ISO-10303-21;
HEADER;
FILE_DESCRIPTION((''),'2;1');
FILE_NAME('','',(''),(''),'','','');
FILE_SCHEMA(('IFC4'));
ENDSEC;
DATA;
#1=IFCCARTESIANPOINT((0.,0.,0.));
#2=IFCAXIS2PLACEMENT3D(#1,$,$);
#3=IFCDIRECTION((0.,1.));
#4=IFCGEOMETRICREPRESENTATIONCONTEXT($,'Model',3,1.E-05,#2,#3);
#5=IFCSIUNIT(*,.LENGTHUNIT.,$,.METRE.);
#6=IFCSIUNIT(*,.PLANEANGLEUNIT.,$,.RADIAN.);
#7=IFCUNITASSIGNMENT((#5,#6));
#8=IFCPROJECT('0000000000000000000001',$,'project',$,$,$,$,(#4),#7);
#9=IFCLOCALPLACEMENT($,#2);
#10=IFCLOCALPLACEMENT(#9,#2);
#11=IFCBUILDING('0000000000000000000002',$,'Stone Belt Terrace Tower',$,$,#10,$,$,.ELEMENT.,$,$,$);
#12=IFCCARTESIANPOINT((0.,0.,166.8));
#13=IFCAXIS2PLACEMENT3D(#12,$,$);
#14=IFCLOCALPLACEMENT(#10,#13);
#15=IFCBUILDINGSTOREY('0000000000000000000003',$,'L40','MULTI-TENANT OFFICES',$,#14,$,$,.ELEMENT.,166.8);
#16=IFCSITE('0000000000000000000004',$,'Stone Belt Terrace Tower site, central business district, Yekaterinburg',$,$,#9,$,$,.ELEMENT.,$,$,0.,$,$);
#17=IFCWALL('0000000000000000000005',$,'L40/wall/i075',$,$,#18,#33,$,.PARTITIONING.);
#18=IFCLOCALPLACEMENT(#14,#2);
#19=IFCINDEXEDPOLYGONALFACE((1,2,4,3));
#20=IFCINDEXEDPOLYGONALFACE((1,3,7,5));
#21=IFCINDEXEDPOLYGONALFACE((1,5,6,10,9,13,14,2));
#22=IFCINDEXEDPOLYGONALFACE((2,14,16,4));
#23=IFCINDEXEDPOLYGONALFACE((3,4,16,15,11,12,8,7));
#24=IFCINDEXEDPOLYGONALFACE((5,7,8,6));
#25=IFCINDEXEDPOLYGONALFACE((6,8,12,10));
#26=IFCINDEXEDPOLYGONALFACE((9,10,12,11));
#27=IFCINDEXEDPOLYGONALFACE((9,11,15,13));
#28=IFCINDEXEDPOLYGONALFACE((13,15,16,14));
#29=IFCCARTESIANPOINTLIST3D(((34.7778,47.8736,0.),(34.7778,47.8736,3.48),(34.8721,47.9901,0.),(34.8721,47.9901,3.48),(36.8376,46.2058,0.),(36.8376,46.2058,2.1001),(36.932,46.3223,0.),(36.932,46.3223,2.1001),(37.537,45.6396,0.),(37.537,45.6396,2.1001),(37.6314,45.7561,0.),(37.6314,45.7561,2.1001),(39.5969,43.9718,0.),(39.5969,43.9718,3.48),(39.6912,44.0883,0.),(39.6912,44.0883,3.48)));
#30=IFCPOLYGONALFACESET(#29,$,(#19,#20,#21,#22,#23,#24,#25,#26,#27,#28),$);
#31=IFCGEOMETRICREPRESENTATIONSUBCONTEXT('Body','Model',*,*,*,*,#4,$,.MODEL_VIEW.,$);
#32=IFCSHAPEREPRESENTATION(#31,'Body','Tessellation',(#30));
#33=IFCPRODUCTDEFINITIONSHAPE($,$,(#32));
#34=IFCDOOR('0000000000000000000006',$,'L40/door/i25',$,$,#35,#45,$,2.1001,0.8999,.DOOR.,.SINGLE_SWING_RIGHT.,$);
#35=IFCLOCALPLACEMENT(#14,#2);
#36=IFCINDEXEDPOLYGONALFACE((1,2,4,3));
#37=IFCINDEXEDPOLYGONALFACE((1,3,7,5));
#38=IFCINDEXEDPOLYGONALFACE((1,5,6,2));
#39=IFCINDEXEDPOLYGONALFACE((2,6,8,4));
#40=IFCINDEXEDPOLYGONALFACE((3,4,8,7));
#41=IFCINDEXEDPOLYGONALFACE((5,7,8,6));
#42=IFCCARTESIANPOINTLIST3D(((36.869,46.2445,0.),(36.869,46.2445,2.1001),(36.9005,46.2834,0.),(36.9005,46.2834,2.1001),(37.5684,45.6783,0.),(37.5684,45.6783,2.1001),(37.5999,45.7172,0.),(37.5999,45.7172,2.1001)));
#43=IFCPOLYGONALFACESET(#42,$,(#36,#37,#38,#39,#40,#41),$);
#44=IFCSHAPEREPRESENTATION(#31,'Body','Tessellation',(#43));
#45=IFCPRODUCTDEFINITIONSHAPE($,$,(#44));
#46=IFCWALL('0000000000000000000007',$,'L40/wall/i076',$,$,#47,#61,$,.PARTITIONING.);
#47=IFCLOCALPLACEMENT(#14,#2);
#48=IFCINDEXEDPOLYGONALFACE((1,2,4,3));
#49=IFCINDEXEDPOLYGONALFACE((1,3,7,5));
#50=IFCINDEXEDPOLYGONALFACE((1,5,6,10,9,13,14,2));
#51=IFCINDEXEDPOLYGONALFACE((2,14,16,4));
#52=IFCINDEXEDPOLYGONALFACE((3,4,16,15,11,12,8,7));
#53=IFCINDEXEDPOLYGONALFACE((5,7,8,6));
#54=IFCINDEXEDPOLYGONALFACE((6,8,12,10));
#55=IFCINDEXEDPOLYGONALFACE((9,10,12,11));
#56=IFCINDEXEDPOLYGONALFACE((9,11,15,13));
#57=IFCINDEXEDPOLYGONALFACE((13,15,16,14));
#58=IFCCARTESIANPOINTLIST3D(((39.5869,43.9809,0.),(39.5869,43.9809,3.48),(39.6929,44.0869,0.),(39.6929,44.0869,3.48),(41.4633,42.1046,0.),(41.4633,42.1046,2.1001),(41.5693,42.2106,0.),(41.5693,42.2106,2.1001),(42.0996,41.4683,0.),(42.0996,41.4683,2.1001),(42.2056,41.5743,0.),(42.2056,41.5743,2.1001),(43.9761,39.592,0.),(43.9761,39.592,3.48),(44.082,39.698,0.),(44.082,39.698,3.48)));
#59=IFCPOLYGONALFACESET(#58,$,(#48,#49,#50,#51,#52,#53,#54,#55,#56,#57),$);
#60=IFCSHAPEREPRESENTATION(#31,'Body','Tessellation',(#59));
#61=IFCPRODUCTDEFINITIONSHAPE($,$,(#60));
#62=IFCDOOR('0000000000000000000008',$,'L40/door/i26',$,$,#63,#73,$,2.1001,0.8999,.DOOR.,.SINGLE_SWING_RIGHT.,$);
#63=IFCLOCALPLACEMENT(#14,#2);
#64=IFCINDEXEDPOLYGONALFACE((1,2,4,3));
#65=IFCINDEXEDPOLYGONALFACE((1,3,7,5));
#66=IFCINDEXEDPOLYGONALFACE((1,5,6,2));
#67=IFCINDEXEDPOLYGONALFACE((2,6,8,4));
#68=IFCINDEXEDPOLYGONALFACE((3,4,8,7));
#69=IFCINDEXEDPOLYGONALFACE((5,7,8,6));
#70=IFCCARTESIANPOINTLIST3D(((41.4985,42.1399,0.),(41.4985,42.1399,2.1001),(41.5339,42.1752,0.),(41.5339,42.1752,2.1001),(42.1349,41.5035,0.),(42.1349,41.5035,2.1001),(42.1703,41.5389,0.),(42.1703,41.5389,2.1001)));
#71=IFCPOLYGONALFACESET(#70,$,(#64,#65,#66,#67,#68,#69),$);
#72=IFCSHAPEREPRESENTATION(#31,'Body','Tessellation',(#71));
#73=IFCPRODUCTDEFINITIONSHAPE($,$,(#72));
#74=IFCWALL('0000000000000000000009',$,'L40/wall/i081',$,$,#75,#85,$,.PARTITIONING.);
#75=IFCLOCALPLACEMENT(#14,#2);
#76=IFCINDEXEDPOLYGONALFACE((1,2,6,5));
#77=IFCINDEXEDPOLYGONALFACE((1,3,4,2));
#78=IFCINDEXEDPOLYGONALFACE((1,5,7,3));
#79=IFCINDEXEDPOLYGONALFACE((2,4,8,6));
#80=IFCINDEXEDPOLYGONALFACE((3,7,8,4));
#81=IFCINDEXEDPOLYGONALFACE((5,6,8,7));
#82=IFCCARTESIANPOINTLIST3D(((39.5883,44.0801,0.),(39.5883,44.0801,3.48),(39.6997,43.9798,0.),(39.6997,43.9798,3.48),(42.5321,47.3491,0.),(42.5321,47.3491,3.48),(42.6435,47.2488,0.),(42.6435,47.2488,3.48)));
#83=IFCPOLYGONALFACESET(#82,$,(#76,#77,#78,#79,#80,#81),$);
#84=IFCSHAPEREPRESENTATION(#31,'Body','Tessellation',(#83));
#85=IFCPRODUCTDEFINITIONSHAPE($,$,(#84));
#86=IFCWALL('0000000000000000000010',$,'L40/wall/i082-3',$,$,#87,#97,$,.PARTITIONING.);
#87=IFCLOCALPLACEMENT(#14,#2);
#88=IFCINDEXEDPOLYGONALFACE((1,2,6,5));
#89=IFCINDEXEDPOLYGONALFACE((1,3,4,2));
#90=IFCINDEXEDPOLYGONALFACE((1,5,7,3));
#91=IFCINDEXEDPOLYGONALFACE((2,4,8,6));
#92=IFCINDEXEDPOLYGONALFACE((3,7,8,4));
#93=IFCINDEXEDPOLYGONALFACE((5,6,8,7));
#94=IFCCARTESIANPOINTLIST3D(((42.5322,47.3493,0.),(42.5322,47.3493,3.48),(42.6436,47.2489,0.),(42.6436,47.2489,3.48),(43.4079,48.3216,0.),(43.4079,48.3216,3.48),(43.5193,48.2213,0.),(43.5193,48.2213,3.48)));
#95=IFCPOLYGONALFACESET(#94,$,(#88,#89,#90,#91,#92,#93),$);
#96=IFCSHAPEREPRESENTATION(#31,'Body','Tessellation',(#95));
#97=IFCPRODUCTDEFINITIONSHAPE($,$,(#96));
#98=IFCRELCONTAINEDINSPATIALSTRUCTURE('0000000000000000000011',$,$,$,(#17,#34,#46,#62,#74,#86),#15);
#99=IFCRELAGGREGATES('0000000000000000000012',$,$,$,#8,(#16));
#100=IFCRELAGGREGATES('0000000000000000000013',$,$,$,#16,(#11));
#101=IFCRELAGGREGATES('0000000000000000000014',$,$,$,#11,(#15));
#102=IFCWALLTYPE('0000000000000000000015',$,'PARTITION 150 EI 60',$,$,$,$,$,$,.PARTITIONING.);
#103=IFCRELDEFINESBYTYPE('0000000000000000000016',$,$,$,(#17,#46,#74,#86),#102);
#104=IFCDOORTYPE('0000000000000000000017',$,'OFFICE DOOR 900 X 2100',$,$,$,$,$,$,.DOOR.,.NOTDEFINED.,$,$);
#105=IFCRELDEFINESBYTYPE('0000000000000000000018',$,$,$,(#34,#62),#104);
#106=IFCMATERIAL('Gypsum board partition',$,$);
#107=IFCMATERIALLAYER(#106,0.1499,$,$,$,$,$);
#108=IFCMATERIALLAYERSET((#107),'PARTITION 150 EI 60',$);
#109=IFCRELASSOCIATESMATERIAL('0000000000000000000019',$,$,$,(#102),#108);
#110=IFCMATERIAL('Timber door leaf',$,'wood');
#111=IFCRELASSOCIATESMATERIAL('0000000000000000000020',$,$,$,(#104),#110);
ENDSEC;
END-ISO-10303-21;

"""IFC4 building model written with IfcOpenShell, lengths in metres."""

from ifc_helpers import new_model, si_unit, direction, frame, frame_2d, origin, place, context, subcontext, project, spatial, rectangle, extrude, material, layer, layer_set, type_object, element, fill, save


model = new_model("IFC4")

# Units and contexts
model_context = context("Model", 3, precision=1e-05, world=origin(), true_north=direction((0.0, 1.0)))
body_context = subcontext(model_context, "Body", "Model", "MODEL_VIEW")
ifc_project = project(units=[si_unit("LENGTHUNIT", "METRE"), si_unit("PLANEANGLEUNIT", "RADIAN")], contexts=[model_context])

# Site, building, storey
site_placement = place(None, origin())
site = spatial("IfcSite", under=ifc_project, at=site_placement, Name="Stone Belt Terrace Tower site, central business district, Yekaterinburg", CompositionType="ELEMENT", RefElevation=0.0)
building_placement = place(site_placement, origin())
building = spatial("IfcBuilding", under=site, at=building_placement, Name="Stone Belt Terrace Tower", CompositionType="ELEMENT")
storey_placement = place(building_placement, frame((0.0, 0.0, 166.8)))
storey = spatial("IfcBuildingStorey", under=building, at=storey_placement, Name="L40", Description="MULTI-TENANT OFFICES", CompositionType="ELEMENT", Elevation=166.8)

# Shared definitions
ifc_material_1 = material(Name="Gypsum board partition")
ifc_layer_1 = layer(ifc_material_1, 0.1499)
ifc_layer_set_1 = layer_set([ifc_layer_1], Name="PARTITION 150 EI 60")
wall_type = type_object("IfcWallType", Name="PARTITION 150 EI 60", PredefinedType="PARTITIONING", material=ifc_layer_set_1)

# Walls, openings, doors
ifc_material_2 = material(Name="Timber door leaf", Category="wood")
door_type = type_object("IfcDoorType", Name="OFFICE DOOR 900 X 2100", OperationType="NOTDEFINED", PredefinedType="DOOR", material=ifc_material_2)
wall_1_placement = place(storey_placement, frame((34.825, 47.9319, 0.0), z_axis=(0.0, 0.0, 1.0), x_axis=(0.777191, -0.629265, 0.0)))
wall_1 = element("IfcWall", 1, at=wall_1_placement, inside=storey, type_object=wall_type, Name="L40/wall/i075", PredefinedType="PARTITIONING", context=body_context, shape_type="SweptSolid", body=[
    extrude(rectangle(XDim=6.2007, YDim=0.1499, at=frame_2d((3.1003, 0.0))), origin(), (0.0, 0.0, 1.0), 3.48),
])
opening_1_placement = place(wall_1_placement, frame((2.6504, 0.0, 0.0)))
opening_1 = element("IfcOpeningElement", 2, at=opening_1_placement, cuts=wall_1, PredefinedType="OPENING", context=body_context, shape_type="SweptSolid", body=[
    extrude(rectangle(XDim=0.8999, YDim=2.1001, at=frame_2d((0.45, 1.05))), frame((0.0, 0.085, 0.0), z_axis=(0.0, -1.0, 0.0), x_axis=(1.0, 0.0, 0.0)), (0.0, 0.0, 1.0), 0.1699),
])
door_1_placement = place(opening_1_placement, origin())
door_1 = element("IfcDoor", 3, at=door_1_placement, inside=storey, type_object=door_type, Name="L40/door/i25", OperationType="SINGLE_SWING_RIGHT", OverallHeight=2.1001, OverallWidth=0.8999, PredefinedType="DOOR", context=body_context, shape_type="SweptSolid", body=[
    extrude(rectangle(XDim=0.8999, YDim=2.1001, at=frame_2d((0.45, 1.05))), frame((0.0, 0.0249, 0.0), z_axis=(0.0, -1.0, 0.0), x_axis=(1.0, 0.0, 0.0)), (0.0, 0.0, 1.0), 0.05),
])
fill(opening_1, door_1)
wall_2_placement = place(storey_placement, frame((39.6399, 44.0339, 0.0), z_axis=(0.0, 0.0, 1.0), x_axis=(0.707126, -0.707087, 0.0)))
wall_2 = element("IfcWall", 4, at=wall_2_placement, inside=storey, type_object=wall_type, Name="L40/wall/i076", PredefinedType="PARTITIONING", context=body_context, shape_type="SweptSolid", body=[
    extrude(rectangle(XDim=6.207, YDim=0.1499, at=frame_2d((3.1035, 0.0))), origin(), (0.0, 0.0, 1.0), 3.48),
])
opening_2_placement = place(wall_2_placement, frame((2.6536, 0.0, 0.0)))
opening_2 = element("IfcOpeningElement", 5, at=opening_2_placement, cuts=wall_2, PredefinedType="OPENING", context=body_context, shape_type="SweptSolid", body=[
    extrude(rectangle(XDim=0.8999, YDim=2.1001, at=frame_2d((0.45, 1.05))), frame((0.0, 0.085, 0.0), z_axis=(0.0, -1.0, 0.0), x_axis=(1.0, 0.0, 0.0)), (0.0, 0.0, 1.0), 0.1699),
])
door_2_placement = place(opening_2_placement, origin())
door_2 = element("IfcDoor", 6, at=door_2_placement, inside=storey, type_object=door_type, Name="L40/door/i26", OperationType="SINGLE_SWING_RIGHT", OverallHeight=2.1001, OverallWidth=0.8999, PredefinedType="DOOR", context=body_context, shape_type="SweptSolid", body=[
    extrude(rectangle(XDim=0.8999, YDim=2.1001, at=frame_2d((0.45, 1.05))), frame((0.0, 0.0249, 0.0), z_axis=(0.0, -1.0, 0.0), x_axis=(1.0, 0.0, 0.0)), (0.0, 0.0, 1.0), 0.05),
])
fill(opening_2, door_2)

# Walls
wall_3_placement = place(storey_placement, frame((42.5879, 47.2991, 0.0), z_axis=(0.0, 0.0, 1.0), x_axis=(-0.669179, -0.743101, 0.0)))
element("IfcWall", 7, at=wall_3_placement, inside=storey, type_object=wall_type, Name="L40/wall/i081", PredefinedType="PARTITIONING", context=body_context, shape_type="SweptSolid", body=[
    extrude(rectangle(XDim=4.3992, YDim=0.1499, at=frame_2d((2.1997, 0.0))), origin(), (0.0, 0.0, 1.0), 3.48),
])
wall_4_placement = place(storey_placement, frame((43.4636, 48.2715, 0.0), z_axis=(0.0, 0.0, 1.0), x_axis=(-0.669202, -0.743081, 0.0)))
element("IfcWall", 8, at=wall_4_placement, inside=storey, type_object=wall_type, Name="L40/wall/i082-3", PredefinedType="PARTITIONING", context=body_context, shape_type="SweptSolid", body=[
    extrude(rectangle(XDim=1.3086, YDim=0.1499, at=frame_2d((0.6543, 0.0))), origin(), (0.0, 0.0, 1.0), 3.48),
])

save(model, "model.ifc")
